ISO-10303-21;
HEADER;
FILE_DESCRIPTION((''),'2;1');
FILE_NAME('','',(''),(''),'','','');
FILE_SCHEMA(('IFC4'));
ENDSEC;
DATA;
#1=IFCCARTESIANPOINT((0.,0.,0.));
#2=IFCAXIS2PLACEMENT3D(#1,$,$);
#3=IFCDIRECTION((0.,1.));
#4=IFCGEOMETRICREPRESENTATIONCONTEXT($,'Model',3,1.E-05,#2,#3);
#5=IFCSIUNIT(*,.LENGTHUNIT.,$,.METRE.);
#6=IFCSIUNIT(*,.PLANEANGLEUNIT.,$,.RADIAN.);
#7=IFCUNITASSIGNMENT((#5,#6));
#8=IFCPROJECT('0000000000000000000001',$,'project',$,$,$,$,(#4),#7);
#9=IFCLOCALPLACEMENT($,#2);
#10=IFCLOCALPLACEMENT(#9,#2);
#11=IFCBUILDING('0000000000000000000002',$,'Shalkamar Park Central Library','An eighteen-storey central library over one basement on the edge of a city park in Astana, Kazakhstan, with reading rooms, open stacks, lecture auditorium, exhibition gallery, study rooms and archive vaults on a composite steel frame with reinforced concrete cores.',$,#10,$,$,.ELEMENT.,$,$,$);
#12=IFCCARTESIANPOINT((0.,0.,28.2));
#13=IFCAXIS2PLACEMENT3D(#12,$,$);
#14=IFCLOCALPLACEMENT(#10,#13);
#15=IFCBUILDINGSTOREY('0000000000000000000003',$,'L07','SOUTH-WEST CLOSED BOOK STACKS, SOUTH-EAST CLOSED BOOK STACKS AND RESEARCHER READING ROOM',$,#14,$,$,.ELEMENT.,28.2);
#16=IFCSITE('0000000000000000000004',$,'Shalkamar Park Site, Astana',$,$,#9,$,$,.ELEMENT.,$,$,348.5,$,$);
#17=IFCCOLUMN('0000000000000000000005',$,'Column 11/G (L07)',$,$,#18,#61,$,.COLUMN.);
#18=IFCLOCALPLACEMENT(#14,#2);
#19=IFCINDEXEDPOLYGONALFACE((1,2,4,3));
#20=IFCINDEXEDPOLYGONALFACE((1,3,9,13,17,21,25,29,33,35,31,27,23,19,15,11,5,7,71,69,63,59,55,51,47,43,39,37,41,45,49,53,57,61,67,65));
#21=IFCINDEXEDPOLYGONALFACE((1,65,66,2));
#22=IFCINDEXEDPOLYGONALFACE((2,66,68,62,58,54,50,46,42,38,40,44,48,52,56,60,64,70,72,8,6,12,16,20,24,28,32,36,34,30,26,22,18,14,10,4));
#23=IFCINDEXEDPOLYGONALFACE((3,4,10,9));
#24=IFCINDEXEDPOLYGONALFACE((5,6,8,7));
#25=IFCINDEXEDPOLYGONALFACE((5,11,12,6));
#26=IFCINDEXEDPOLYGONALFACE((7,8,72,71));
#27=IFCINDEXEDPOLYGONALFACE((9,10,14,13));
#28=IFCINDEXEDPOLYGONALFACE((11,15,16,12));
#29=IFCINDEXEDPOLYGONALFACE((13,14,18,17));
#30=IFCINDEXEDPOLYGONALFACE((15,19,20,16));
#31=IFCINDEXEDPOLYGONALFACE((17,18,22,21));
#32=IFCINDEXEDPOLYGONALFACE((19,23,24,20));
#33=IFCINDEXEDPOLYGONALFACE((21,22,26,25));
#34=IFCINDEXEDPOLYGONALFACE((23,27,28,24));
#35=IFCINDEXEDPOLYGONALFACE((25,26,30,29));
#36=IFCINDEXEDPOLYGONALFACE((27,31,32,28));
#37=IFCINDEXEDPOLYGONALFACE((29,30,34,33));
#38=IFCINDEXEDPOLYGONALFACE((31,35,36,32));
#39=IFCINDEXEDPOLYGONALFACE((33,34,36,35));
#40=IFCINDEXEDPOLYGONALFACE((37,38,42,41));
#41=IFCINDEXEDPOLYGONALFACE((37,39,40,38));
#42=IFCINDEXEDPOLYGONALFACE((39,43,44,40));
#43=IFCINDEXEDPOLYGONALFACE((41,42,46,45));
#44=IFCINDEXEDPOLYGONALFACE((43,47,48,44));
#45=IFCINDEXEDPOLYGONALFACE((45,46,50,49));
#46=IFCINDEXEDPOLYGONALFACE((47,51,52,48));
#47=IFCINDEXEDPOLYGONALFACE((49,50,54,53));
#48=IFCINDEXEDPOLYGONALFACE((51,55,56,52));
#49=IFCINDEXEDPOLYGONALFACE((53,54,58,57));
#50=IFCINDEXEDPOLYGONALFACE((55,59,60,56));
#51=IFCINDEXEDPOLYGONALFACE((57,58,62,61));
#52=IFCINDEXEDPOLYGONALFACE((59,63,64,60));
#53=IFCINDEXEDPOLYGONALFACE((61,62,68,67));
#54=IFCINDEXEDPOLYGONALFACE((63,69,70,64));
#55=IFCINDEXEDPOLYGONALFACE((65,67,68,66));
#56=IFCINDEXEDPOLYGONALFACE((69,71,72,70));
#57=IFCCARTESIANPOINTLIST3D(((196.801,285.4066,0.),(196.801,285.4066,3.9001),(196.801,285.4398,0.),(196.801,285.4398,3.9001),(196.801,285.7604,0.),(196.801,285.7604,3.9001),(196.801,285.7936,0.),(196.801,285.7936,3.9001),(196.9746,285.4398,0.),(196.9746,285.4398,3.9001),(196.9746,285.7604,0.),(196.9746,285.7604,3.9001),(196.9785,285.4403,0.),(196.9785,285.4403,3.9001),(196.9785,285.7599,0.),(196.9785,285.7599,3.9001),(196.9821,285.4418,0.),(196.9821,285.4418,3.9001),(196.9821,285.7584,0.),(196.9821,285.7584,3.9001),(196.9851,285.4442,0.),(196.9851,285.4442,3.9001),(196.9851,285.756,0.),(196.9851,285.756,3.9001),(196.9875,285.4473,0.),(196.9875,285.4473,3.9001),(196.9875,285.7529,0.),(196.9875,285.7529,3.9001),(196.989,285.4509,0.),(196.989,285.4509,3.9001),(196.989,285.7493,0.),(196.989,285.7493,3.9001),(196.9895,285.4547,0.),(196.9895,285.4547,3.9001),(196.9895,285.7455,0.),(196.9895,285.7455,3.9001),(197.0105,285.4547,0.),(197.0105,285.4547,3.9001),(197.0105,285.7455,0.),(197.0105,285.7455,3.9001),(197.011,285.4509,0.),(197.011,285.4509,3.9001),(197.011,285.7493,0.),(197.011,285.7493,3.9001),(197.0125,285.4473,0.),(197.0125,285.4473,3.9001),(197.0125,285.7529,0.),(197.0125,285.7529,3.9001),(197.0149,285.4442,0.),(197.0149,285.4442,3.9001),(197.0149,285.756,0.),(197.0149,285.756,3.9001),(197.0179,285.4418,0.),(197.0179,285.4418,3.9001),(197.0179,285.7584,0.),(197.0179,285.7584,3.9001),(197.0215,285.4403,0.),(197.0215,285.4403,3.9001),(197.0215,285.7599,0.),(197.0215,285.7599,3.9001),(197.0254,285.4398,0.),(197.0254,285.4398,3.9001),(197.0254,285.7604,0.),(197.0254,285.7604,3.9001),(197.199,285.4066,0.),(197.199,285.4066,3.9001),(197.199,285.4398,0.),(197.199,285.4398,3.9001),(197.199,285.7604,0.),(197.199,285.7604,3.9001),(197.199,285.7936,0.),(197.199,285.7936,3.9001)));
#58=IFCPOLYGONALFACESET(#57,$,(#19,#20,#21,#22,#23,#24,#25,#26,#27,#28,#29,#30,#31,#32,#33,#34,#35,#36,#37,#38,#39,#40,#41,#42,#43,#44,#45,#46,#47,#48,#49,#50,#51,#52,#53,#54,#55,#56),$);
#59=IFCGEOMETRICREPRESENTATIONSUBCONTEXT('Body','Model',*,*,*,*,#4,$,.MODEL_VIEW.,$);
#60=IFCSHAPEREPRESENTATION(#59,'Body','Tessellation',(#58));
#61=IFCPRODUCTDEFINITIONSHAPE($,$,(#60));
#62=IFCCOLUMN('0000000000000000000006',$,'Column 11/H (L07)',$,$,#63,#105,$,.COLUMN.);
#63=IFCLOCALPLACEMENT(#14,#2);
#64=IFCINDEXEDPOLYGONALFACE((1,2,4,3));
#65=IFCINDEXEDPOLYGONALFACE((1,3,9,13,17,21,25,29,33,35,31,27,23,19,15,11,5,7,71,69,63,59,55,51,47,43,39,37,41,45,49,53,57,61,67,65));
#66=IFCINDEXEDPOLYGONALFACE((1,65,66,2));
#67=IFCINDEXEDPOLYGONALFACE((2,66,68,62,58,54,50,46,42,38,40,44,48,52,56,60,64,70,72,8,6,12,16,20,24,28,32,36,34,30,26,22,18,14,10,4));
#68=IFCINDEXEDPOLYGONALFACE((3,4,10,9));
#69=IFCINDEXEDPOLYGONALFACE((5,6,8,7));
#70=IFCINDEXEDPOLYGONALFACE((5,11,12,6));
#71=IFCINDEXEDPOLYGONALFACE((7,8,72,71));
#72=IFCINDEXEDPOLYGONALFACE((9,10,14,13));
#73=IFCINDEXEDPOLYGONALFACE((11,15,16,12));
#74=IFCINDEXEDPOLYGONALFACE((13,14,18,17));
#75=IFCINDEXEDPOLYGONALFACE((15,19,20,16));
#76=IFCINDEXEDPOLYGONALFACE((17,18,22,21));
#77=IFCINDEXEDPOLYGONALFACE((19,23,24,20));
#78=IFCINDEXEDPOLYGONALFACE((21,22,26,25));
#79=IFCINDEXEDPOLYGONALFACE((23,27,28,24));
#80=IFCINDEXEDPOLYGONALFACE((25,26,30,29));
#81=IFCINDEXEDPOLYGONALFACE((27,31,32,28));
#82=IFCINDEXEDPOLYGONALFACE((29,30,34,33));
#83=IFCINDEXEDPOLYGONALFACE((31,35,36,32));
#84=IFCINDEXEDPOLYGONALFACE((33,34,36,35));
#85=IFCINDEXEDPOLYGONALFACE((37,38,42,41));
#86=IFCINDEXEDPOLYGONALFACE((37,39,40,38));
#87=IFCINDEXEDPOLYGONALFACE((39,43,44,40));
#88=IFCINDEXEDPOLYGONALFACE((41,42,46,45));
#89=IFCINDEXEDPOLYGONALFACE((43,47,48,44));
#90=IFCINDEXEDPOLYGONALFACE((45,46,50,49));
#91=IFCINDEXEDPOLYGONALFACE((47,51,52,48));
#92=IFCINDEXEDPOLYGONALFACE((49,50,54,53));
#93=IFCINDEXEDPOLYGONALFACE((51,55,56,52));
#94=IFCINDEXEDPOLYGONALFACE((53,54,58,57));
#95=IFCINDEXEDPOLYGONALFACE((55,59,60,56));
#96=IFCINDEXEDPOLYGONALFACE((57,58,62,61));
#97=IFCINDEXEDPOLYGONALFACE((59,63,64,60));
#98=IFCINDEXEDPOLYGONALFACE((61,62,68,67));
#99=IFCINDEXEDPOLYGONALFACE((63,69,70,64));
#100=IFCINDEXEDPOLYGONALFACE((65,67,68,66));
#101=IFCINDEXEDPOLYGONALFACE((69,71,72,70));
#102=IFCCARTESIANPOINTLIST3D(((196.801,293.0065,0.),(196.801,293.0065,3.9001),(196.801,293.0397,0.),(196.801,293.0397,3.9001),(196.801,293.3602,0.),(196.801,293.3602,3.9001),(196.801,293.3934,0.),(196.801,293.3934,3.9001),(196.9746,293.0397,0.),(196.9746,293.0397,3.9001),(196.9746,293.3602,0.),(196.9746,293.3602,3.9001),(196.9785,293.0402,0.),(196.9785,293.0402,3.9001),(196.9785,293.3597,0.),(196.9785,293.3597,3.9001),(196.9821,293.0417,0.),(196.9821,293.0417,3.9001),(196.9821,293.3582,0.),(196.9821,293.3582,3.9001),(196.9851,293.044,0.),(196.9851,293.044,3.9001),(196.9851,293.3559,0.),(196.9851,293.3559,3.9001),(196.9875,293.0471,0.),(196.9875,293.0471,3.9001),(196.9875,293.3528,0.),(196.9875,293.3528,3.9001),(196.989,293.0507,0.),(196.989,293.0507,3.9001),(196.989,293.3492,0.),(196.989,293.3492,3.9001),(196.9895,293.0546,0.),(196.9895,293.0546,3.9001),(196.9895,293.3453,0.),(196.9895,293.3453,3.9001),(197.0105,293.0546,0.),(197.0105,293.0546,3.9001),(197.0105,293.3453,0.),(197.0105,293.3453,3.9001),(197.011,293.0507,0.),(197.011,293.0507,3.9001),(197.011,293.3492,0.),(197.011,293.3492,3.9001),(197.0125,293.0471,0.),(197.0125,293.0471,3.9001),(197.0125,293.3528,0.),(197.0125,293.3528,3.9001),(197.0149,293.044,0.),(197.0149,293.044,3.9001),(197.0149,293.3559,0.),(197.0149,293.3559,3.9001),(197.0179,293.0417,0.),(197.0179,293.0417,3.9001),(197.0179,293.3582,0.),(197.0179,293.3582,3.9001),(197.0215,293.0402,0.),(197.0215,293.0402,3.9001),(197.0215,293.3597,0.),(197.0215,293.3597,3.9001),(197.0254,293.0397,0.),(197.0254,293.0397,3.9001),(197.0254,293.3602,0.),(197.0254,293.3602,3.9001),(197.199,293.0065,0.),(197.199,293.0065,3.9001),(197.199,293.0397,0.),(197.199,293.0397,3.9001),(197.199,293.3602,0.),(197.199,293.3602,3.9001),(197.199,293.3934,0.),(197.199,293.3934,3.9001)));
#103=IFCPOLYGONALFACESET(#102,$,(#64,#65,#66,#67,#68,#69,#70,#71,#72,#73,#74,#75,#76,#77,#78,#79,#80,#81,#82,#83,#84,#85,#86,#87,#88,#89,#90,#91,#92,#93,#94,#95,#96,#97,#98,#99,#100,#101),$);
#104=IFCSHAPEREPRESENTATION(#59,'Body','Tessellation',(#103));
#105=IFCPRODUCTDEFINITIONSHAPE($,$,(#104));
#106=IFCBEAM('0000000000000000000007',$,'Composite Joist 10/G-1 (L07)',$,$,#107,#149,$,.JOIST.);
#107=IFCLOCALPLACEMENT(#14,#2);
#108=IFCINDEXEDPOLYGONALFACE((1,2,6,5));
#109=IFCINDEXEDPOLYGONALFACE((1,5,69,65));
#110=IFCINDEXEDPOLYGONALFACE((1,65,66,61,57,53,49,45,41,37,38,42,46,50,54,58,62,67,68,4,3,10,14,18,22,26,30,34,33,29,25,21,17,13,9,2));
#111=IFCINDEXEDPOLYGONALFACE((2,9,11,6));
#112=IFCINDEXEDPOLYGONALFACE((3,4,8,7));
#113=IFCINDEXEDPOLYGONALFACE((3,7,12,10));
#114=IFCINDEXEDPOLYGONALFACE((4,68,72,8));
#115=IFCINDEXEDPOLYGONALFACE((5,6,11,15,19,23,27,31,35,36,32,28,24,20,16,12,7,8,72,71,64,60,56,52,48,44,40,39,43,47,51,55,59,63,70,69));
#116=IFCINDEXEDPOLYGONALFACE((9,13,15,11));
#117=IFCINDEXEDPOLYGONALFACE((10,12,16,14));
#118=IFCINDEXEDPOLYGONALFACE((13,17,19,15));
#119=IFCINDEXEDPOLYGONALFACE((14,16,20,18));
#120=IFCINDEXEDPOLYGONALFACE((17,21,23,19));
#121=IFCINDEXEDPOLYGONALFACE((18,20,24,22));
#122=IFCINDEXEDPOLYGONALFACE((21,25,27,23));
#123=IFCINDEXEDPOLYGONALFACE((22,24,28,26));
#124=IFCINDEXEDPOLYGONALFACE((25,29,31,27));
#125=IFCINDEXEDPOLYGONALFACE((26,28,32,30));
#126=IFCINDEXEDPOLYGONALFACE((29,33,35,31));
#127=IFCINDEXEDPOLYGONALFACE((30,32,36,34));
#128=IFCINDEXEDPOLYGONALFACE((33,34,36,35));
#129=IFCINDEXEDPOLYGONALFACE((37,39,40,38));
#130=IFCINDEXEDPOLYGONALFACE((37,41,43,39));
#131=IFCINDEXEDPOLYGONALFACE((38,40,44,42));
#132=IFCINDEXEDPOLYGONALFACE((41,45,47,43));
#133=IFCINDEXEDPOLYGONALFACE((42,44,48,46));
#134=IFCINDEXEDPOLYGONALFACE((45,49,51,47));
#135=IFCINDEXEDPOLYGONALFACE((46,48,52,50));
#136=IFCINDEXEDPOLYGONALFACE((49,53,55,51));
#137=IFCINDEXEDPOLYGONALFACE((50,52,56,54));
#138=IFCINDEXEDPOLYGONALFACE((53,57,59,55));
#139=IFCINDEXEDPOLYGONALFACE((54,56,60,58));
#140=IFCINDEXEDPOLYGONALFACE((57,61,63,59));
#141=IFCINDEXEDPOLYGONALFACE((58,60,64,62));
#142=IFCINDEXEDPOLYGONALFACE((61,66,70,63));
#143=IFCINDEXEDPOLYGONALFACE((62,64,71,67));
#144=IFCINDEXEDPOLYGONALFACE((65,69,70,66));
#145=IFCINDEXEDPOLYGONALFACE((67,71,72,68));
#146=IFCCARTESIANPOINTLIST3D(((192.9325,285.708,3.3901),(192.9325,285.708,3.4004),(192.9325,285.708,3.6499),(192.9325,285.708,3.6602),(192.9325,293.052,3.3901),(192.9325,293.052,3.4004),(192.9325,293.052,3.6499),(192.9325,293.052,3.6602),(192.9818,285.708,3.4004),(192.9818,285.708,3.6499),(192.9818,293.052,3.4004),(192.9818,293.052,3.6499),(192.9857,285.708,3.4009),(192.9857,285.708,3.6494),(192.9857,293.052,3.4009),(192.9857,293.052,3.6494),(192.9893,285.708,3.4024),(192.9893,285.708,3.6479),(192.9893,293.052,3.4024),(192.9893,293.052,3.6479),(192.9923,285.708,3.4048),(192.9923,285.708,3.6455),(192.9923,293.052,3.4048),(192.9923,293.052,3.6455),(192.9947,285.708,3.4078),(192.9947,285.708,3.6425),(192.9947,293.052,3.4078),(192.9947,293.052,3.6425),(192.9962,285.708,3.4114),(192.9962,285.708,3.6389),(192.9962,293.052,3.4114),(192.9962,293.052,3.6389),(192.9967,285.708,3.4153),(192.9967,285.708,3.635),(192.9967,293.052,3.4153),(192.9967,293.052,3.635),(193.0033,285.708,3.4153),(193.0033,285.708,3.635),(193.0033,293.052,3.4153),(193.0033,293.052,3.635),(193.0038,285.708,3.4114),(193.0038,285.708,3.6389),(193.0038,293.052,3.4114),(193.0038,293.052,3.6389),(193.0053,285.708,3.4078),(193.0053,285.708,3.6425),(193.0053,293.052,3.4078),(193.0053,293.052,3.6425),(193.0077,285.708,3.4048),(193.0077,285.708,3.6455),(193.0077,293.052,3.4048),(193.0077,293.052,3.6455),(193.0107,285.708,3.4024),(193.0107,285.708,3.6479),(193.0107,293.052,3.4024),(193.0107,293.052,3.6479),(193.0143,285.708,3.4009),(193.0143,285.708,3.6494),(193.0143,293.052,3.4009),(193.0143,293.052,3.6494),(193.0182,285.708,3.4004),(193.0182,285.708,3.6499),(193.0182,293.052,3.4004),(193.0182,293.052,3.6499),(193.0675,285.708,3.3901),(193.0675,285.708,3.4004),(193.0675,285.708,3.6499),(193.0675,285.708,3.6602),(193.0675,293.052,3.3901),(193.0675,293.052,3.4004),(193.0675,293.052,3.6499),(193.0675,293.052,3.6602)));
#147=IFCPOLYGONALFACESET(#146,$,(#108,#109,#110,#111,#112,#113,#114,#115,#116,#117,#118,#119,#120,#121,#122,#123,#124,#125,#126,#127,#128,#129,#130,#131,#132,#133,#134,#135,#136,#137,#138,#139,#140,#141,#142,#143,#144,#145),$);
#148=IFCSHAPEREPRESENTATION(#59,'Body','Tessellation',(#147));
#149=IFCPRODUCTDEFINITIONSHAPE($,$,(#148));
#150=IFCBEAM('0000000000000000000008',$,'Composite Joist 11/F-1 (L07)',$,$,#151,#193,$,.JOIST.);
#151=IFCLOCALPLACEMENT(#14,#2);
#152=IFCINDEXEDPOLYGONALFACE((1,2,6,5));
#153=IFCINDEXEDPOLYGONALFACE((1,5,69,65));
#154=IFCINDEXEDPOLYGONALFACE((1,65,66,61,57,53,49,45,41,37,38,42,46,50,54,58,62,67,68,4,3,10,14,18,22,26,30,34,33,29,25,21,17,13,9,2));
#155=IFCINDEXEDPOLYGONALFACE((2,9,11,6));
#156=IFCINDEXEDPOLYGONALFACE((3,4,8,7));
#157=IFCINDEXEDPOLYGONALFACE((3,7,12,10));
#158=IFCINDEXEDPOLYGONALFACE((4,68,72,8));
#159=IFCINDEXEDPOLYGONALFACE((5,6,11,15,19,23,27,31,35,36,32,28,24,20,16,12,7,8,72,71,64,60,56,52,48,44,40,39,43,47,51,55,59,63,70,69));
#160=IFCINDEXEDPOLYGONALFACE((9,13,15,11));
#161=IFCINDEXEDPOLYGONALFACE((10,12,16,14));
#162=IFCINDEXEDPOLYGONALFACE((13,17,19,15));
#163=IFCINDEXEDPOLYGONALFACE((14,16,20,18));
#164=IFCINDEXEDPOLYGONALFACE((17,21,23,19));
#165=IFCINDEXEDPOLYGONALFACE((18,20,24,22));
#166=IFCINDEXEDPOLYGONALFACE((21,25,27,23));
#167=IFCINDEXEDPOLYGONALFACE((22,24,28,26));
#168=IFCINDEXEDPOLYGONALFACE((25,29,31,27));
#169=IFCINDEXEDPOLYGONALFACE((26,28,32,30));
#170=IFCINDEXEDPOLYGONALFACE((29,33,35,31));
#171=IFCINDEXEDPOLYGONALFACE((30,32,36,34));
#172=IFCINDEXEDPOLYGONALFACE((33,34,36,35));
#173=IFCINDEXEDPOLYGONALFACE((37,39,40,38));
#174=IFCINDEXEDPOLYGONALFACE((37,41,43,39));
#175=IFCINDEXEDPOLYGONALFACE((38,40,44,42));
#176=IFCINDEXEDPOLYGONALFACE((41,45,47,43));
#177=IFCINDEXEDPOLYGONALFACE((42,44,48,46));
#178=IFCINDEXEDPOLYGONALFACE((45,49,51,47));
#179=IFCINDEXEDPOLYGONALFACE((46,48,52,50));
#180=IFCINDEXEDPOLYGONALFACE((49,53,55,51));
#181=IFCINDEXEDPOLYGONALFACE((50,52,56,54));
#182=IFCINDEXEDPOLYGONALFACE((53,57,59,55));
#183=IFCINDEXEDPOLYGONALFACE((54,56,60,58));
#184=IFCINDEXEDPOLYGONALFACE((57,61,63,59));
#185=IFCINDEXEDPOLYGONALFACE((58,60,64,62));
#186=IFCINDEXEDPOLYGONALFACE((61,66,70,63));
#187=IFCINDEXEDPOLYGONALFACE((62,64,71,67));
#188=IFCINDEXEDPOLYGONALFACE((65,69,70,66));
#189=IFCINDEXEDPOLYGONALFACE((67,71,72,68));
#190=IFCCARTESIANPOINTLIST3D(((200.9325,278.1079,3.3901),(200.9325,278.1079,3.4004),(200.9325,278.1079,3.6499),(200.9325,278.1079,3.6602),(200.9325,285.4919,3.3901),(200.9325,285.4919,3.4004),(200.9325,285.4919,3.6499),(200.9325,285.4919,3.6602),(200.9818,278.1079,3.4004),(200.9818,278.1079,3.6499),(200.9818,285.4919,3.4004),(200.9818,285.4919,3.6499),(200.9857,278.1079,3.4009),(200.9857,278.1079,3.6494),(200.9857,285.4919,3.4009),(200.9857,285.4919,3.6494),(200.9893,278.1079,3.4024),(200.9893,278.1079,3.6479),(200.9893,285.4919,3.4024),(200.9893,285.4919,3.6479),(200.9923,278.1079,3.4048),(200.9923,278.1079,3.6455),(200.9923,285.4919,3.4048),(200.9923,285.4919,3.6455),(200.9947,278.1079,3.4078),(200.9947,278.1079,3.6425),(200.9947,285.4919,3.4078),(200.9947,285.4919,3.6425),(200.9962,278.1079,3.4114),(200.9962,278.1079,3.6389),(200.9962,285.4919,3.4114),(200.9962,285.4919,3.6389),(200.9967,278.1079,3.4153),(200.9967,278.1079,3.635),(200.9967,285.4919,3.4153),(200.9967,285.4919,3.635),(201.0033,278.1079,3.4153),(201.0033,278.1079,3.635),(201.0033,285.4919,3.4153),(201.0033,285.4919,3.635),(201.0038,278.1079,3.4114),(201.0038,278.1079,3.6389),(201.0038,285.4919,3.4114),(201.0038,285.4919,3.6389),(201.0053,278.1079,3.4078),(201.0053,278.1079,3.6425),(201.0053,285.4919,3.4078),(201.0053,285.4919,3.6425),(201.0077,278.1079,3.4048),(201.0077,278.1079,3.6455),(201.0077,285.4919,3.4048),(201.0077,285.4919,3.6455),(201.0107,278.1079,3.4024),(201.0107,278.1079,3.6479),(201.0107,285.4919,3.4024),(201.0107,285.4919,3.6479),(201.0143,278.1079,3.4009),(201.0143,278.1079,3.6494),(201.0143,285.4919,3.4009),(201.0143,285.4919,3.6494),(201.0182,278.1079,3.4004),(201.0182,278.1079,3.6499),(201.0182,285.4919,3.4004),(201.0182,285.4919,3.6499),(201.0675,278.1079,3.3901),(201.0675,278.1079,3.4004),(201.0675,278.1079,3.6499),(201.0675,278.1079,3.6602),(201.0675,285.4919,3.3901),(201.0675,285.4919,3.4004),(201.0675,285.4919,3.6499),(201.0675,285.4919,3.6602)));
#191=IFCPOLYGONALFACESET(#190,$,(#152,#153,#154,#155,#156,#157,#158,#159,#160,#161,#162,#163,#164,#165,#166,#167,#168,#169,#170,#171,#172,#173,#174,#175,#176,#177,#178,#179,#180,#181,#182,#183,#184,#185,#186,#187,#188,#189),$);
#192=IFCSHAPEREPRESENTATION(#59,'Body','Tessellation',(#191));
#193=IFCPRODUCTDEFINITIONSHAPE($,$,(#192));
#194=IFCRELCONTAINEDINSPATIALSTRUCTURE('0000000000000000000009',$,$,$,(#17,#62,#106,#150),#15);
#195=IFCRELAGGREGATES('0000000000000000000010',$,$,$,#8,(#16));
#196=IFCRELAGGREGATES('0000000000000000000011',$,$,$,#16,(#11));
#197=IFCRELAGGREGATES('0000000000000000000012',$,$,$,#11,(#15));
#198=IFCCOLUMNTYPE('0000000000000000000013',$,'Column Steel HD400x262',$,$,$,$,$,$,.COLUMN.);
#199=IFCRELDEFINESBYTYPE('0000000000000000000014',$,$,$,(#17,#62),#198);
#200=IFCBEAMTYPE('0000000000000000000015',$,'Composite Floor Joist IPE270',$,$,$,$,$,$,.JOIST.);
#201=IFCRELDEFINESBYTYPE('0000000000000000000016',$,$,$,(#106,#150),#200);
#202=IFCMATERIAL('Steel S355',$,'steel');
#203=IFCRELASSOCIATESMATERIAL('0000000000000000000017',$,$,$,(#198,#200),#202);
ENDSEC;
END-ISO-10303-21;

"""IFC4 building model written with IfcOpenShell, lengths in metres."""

from ifc_helpers import new_model, si_unit, direction, frame, origin, origin_2d, place, context, subcontext, project, spatial, i_section, extrude, material, material_profile, profile_set, type_object, element, save


model = new_model("IFC4")

# Units and contexts
model_context = context("Model", 3, precision=1e-05, world=origin(), true_north=direction((0.0, 1.0)))
body_context = subcontext(model_context, "Body", "Model", "MODEL_VIEW")
ifc_project = project(units=[si_unit("LENGTHUNIT", "METRE"), si_unit("PLANEANGLEUNIT", "RADIAN")], contexts=[model_context])

# Site, building, storey
site_placement = place(None, origin())
site = spatial("IfcSite", under=ifc_project, at=site_placement, Name="Shalkamar Park Site, Astana", CompositionType="ELEMENT", RefElevation=348.5)
building_placement = place(site_placement, origin())
building = spatial("IfcBuilding", under=site, at=building_placement, Name="Shalkamar Park Central Library", Description="An eighteen-storey central library over one basement on the edge of a city park in Astana, Kazakhstan, with reading rooms, open stacks, lecture auditorium, exhibition gallery, study rooms and archive vaults on a composite steel frame with reinforced concrete cores.", CompositionType="ELEMENT")
storey_placement = place(building_placement, frame((0.0, 0.0, 28.2)))
storey = spatial("IfcBuildingStorey", under=building, at=storey_placement, Name="L07", Description="SOUTH-WEST CLOSED BOOK STACKS, SOUTH-EAST CLOSED BOOK STACKS AND RESEARCHER READING ROOM", CompositionType="ELEMENT", Elevation=28.2)

# Columns
ifc_material_1 = material(Name="Steel S355", Category="steel")
ifc_material_profile_1 = material_profile(ifc_material_1, i_section(OverallWidth=0.3979, OverallDepth=0.387, WebThickness=0.021, FlangeThickness=0.0332, FilletRadius=0.0149, at=origin_2d()), Name="HD 400x262")
ifc_profile_set_1 = profile_set([ifc_material_profile_1], Name="Steel S355")
column_type = type_object("IfcColumnType", Name="Column Steel HD400x262", PredefinedType="COLUMN", material=ifc_profile_set_1)
for number, where, z_axis, x_axis, name in (
    (1, (197.0, 285.6001, 0.0), (0.0, 0.0, 1.0), (1.0, 0.0, 0.0), "Column 11/G (L07)"),
    (2, (197.0, 293.2, 0.0), (0.0, 0.0, 1.0), (1.0, 0.0, 0.0), "Column 11/H (L07)"),
):
    element("IfcColumn", number, at=place(storey_placement, frame(where, z_axis=z_axis, x_axis=x_axis)), inside=storey, type_object=column_type, Name=name, PredefinedType="COLUMN", context=body_context, shape_type="SweptSolid", body=[
        extrude(i_section(OverallWidth=0.3979, OverallDepth=0.387, WebThickness=0.021, FlangeThickness=0.0332, FilletRadius=0.0149, at=origin_2d()), origin(), (0.0, 0.0, 1.0), 3.9001),
    ])

# Beams
ifc_material_profile_2 = material_profile(ifc_material_1, i_section(OverallWidth=0.135, OverallDepth=0.27, WebThickness=0.0066, FlangeThickness=0.0103, FilletRadius=0.0149, at=origin_2d()), Name="IPE 270")
ifc_profile_set_2 = profile_set([ifc_material_profile_2], Name="Steel S355")
beam_type_1 = type_object("IfcBeamType", Name="Composite Floor Joist IPE270", PredefinedType="JOIST", material=ifc_profile_set_2)
beam_1_placement = place(storey_placement, frame((193.0, 285.708, 3.5251), z_axis=(0.0, 1.0, 0.0), x_axis=(-1.0, 0.0, 0.0)))
element("IfcBeam", 3, at=beam_1_placement, inside=storey, type_object=beam_type_1, Name="Composite Joist 10/G-1 (L07)", PredefinedType="JOIST", context=body_context, shape_type="SweptSolid", body=[
    extrude(i_section(OverallWidth=0.135, OverallDepth=0.27, WebThickness=0.0066, FlangeThickness=0.0103, FilletRadius=0.0149, at=origin_2d()), origin(), (0.0, 0.0, 1.0), 7.344),
])
beam_2_placement = place(storey_placement, frame((201.0, 278.1079, 3.5251), z_axis=(0.0, 1.0, 0.0), x_axis=(-1.0, 0.0, 0.0)))
element("IfcBeam", 4, at=beam_2_placement, inside=storey, type_object=beam_type_1, Name="Composite Joist 11/F-1 (L07)", PredefinedType="JOIST", context=body_context, shape_type="SweptSolid", body=[
    extrude(i_section(OverallWidth=0.135, OverallDepth=0.27, WebThickness=0.0066, FlangeThickness=0.0103, FilletRadius=0.0149, at=origin_2d()), origin(), (0.0, 0.0, 1.0), 7.384),
])

save(model, "model.ifc")
